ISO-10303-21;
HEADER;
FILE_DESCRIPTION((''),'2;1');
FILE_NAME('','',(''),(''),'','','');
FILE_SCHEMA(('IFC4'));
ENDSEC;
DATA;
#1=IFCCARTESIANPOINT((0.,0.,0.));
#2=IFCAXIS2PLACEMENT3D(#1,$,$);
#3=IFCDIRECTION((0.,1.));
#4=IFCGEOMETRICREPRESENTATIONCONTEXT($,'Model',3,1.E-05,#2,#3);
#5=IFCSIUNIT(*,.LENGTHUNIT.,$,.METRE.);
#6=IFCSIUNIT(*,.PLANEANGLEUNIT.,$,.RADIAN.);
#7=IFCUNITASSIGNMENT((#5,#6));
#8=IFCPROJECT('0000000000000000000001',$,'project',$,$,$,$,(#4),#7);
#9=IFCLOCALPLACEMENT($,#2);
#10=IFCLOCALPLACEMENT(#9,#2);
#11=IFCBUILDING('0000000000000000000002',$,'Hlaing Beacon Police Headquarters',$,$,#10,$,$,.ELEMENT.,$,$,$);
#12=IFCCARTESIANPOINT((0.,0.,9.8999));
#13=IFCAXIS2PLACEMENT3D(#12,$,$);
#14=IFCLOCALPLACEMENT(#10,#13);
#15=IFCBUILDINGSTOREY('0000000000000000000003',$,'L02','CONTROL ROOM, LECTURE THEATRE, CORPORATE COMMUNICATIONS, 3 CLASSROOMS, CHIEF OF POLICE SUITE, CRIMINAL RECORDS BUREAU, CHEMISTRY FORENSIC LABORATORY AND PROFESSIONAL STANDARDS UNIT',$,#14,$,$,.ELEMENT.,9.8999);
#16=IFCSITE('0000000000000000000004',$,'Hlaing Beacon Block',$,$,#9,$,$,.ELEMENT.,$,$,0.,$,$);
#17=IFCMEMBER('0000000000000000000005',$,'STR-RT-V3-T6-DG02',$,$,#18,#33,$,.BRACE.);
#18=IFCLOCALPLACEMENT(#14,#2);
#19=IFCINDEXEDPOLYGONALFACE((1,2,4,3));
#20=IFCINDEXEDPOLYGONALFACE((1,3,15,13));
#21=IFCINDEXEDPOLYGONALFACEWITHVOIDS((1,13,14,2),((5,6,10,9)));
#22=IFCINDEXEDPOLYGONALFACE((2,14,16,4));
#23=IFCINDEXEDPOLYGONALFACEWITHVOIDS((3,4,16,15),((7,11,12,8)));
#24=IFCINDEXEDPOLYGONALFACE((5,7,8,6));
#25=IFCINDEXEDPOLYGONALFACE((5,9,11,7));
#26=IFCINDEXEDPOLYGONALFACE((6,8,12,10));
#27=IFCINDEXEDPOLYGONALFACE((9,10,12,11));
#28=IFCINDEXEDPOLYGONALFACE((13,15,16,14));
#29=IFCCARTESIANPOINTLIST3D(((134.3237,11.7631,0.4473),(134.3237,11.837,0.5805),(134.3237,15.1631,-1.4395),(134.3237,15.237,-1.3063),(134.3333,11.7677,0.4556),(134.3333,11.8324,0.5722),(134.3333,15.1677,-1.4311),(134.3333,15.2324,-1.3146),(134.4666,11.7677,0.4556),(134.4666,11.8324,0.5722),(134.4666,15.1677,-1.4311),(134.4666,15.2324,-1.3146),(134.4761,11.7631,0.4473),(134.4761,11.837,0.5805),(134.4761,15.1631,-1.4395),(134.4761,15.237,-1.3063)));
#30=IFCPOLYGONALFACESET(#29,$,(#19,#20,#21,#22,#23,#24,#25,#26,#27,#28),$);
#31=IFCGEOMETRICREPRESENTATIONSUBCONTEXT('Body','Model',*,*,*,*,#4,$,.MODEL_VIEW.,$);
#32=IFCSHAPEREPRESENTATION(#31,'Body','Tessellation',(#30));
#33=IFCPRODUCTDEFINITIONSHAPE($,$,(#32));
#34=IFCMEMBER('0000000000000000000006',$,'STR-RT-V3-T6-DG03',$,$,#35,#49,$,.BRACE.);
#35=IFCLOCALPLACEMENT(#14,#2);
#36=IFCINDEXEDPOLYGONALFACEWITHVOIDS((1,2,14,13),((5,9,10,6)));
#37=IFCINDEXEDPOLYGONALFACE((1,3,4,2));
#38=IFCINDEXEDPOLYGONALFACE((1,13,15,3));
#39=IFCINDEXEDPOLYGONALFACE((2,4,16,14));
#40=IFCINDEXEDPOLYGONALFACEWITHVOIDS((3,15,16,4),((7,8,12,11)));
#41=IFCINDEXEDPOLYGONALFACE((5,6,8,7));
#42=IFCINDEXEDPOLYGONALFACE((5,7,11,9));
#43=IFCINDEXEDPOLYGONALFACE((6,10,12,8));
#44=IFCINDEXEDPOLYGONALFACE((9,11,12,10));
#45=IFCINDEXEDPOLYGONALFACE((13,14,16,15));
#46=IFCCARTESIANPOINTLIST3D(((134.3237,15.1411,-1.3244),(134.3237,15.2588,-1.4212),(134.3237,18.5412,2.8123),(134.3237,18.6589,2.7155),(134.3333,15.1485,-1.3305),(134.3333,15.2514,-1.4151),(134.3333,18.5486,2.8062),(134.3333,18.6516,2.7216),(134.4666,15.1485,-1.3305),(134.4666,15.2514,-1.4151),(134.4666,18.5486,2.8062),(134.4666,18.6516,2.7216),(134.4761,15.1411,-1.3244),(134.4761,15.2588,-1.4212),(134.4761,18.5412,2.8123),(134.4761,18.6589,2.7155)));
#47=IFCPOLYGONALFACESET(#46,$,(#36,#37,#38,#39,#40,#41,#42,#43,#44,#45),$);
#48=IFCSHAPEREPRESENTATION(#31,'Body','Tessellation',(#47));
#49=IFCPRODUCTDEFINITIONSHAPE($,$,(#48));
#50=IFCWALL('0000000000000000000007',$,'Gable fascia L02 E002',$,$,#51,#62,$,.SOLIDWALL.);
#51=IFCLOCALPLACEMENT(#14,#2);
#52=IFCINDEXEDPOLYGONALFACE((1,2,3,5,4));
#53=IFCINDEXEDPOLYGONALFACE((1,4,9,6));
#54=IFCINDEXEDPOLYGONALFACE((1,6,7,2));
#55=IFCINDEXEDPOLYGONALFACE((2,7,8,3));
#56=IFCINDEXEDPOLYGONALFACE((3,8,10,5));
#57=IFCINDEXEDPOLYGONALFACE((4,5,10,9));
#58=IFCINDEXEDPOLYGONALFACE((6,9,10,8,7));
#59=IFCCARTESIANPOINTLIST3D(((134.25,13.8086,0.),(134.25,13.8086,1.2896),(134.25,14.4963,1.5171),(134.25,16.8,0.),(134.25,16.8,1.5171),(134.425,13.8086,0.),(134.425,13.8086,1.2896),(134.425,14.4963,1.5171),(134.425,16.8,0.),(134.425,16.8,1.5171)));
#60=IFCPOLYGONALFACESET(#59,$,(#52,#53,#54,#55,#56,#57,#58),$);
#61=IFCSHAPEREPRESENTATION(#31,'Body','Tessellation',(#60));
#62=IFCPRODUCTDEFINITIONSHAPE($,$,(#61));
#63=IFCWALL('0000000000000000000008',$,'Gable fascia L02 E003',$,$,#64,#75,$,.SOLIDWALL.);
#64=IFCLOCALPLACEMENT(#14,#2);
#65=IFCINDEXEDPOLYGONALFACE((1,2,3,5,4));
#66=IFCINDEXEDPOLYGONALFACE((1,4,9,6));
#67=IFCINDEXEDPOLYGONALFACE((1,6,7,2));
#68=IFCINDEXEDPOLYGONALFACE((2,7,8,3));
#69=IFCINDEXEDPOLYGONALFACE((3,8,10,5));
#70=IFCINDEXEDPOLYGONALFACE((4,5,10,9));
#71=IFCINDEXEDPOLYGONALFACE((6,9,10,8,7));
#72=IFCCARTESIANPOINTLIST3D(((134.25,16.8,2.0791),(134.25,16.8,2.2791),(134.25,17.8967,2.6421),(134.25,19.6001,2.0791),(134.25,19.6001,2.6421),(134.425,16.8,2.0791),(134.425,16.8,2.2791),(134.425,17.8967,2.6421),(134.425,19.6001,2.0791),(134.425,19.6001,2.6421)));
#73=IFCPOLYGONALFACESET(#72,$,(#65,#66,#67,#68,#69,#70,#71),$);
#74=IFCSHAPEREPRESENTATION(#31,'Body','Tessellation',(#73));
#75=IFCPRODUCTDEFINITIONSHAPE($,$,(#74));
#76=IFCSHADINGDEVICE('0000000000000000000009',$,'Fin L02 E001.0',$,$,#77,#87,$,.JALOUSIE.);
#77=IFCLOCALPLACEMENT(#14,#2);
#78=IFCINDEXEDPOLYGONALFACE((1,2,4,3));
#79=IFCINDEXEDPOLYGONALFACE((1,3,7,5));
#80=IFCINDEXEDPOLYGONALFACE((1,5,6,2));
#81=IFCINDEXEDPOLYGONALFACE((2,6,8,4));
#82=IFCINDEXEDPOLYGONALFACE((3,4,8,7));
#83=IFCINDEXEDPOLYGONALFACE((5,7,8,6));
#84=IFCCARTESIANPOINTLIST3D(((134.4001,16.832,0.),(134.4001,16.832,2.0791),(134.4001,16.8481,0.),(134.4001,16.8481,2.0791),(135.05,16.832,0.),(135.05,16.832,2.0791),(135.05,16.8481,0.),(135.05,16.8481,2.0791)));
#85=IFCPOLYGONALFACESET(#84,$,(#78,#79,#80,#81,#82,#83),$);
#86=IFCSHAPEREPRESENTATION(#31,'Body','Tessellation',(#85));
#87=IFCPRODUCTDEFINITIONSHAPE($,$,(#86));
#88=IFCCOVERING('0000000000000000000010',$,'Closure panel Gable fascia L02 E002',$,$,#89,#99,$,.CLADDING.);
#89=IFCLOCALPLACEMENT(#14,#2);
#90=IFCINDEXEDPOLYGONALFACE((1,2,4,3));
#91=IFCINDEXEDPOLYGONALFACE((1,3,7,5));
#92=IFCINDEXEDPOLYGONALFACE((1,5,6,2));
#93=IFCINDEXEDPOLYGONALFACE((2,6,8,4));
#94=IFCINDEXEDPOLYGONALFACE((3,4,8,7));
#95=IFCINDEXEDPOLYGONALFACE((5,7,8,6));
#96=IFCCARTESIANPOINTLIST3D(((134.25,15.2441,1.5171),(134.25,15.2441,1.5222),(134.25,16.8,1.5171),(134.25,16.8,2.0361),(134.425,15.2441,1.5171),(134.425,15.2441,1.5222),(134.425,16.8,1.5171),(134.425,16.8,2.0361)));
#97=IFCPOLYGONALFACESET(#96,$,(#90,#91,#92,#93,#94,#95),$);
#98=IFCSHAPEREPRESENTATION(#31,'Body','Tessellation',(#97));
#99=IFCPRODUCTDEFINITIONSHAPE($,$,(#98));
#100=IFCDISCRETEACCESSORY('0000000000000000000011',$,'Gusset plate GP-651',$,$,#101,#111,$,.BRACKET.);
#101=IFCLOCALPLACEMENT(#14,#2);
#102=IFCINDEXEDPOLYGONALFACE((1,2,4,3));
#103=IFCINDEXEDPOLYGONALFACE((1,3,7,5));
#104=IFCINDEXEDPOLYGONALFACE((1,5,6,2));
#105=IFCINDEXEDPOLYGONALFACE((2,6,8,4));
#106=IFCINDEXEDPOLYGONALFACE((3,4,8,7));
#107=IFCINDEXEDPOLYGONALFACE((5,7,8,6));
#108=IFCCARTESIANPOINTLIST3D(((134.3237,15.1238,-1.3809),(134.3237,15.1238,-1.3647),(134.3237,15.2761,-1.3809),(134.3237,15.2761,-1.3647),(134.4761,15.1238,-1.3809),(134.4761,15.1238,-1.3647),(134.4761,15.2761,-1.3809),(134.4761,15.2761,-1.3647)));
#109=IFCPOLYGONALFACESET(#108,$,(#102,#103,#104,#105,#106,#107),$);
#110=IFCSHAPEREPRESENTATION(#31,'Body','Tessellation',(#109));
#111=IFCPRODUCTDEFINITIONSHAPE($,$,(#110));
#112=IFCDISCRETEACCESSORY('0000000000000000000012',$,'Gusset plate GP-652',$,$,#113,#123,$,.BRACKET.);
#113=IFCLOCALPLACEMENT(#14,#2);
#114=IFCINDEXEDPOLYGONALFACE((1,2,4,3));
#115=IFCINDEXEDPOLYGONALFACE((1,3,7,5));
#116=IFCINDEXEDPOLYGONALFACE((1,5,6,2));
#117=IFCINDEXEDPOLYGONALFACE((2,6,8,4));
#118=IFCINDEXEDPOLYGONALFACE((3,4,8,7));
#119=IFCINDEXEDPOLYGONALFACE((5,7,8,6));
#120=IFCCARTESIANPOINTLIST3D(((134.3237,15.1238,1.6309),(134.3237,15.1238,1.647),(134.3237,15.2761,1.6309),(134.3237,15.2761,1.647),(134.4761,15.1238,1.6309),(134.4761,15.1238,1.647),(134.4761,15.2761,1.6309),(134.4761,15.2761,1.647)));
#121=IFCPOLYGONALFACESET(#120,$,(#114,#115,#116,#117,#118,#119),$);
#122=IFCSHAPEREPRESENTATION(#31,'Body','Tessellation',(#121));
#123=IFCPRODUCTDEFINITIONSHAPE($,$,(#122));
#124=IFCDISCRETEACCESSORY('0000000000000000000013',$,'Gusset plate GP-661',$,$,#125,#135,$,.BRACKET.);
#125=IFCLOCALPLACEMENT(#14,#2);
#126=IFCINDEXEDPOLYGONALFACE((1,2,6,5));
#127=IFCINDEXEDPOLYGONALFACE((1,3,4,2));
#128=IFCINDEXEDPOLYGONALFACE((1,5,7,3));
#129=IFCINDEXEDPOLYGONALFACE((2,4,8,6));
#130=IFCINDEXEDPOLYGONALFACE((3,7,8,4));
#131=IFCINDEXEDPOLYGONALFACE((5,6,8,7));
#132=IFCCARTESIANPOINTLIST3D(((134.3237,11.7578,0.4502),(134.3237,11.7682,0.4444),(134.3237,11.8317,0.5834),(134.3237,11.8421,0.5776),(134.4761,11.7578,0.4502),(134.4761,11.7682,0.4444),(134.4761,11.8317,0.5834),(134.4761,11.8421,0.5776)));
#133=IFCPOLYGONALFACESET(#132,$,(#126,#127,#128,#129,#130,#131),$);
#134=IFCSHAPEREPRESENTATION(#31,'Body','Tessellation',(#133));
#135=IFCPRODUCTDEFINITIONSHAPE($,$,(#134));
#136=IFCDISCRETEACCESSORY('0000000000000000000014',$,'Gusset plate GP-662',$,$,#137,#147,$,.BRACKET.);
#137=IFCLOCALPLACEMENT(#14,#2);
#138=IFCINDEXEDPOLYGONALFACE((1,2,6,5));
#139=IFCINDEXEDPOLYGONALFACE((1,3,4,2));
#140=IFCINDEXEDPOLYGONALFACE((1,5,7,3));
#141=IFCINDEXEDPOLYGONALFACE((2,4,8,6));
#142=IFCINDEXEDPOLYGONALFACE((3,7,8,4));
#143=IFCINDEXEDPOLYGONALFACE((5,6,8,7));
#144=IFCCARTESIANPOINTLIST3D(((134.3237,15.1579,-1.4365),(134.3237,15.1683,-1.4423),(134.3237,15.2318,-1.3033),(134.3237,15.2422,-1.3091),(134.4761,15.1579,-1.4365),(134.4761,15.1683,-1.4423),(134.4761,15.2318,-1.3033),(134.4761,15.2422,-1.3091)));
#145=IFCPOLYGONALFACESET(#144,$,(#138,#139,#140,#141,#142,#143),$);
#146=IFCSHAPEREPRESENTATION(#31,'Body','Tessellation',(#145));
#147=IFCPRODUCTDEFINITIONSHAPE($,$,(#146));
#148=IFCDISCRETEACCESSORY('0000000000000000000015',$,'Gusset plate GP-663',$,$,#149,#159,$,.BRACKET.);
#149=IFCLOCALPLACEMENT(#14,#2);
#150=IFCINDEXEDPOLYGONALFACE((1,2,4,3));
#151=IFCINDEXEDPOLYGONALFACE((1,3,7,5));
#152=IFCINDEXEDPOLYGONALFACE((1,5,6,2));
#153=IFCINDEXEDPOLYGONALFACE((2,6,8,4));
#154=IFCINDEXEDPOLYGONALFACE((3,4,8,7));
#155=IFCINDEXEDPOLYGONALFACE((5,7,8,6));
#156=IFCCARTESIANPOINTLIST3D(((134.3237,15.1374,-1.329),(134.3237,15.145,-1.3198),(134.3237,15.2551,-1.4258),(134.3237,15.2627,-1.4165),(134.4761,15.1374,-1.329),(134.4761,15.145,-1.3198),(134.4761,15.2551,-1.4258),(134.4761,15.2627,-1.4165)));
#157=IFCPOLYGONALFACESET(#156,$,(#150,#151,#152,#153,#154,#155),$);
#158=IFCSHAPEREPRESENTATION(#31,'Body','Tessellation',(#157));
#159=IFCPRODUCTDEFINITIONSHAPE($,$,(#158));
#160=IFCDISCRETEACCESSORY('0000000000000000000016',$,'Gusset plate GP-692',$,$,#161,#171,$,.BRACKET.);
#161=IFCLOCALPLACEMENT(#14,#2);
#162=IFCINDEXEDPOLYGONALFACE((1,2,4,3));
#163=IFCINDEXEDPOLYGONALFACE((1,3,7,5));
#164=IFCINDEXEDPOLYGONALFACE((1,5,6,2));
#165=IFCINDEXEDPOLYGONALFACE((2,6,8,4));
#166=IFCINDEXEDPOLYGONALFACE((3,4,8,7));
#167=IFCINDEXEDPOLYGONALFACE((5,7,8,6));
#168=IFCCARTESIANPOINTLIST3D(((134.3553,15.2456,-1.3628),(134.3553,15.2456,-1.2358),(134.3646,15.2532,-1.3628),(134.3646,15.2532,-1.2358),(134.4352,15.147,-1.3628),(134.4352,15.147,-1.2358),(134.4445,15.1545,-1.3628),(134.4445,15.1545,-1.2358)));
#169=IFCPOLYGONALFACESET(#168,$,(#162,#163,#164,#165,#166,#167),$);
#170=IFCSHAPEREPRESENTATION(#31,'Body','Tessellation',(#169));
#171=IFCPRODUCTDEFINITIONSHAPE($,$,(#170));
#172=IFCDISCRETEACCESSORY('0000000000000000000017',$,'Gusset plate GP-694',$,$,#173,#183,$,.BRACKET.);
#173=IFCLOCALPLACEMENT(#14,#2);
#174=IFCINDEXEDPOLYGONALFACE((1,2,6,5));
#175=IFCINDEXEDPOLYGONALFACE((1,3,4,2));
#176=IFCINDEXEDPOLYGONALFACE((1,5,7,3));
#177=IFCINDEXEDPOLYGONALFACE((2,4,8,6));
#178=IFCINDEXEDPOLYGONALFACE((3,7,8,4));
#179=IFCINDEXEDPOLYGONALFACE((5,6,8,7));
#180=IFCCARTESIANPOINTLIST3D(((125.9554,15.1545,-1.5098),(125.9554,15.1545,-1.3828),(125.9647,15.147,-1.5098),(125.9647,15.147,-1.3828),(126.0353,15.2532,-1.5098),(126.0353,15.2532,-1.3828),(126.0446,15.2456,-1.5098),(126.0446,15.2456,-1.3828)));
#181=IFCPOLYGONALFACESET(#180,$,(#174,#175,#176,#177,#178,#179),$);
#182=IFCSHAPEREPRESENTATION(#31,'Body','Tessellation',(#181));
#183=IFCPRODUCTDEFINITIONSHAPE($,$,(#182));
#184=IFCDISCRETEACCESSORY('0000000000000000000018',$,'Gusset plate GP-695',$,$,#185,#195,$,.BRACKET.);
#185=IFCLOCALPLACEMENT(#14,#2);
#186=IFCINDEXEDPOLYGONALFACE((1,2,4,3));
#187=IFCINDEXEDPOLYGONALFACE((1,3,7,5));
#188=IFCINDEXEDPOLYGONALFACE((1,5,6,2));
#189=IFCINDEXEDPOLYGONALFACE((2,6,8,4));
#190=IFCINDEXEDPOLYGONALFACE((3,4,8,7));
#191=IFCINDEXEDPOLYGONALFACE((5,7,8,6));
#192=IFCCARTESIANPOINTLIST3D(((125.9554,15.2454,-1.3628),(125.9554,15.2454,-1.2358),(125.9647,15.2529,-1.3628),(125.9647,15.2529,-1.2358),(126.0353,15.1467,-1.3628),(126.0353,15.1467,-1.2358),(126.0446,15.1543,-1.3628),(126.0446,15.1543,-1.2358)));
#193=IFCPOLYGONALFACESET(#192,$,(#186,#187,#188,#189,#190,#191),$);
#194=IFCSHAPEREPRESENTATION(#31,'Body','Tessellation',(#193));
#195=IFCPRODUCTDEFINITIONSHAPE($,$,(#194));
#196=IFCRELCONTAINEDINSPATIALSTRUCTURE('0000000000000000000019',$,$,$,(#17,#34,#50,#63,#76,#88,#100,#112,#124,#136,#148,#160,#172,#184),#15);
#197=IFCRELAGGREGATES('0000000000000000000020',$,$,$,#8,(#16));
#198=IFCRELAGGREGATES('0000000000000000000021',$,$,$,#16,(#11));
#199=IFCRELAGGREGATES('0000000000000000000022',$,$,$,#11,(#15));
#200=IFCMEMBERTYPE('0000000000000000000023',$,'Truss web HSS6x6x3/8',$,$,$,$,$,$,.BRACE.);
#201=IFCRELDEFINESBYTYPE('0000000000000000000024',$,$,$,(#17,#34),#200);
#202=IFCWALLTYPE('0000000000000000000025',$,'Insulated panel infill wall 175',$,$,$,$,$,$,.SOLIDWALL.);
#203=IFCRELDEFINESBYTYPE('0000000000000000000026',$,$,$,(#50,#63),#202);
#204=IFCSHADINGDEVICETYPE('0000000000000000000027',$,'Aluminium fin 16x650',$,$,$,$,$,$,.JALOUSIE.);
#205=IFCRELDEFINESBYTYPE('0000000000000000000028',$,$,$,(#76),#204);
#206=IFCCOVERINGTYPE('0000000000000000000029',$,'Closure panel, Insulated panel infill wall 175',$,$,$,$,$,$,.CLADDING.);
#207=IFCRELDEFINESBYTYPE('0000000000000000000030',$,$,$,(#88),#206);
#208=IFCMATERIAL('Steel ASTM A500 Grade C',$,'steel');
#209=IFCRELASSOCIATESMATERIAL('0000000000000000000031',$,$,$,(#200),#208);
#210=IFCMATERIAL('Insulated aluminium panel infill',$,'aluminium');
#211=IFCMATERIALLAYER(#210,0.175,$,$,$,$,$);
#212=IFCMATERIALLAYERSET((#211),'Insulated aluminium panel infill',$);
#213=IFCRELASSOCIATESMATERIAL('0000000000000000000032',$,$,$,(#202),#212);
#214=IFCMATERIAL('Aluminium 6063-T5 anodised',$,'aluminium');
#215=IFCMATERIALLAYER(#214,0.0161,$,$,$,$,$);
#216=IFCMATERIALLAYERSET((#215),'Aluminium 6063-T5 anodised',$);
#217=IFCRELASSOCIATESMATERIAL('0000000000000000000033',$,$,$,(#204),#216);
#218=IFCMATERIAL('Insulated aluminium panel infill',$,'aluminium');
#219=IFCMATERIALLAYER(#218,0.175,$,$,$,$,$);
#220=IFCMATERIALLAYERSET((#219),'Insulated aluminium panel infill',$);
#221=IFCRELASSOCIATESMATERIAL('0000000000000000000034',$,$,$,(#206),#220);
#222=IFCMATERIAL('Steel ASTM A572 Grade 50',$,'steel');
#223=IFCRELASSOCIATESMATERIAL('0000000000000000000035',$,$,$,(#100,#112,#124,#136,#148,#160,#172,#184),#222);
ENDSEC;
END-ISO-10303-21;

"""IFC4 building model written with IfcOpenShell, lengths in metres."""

from ifc_helpers import new_model, si_unit, direction, frame, origin, origin_2d, place, context, subcontext, project, spatial, polyline, rectangle, hollow_rectangle, outline, extrude, material, layer, layer_set, material_profile, profile_set, type_object, element, save


model = new_model("IFC4")

# Units and contexts
model_context = context("Model", 3, precision=1e-05, world=origin(), true_north=direction((0.0, 1.0)))
body_context = subcontext(model_context, "Body", "Model", "MODEL_VIEW")
ifc_project = project(units=[si_unit("LENGTHUNIT", "METRE"), si_unit("PLANEANGLEUNIT", "RADIAN")], contexts=[model_context])

# Site, building, storey
site_placement = place(None, origin())
site = spatial("IfcSite", under=ifc_project, at=site_placement, Name="Hlaing Beacon Block", CompositionType="ELEMENT", RefElevation=0.0)
building_placement = place(site_placement, origin())
building = spatial("IfcBuilding", under=site, at=building_placement, Name="Hlaing Beacon Police Headquarters", CompositionType="ELEMENT")
storey_placement = place(building_placement, frame((0.0, 0.0, 9.8999)))
storey = spatial("IfcBuildingStorey", under=building, at=storey_placement, Name="L02", Description="CONTROL ROOM, LECTURE THEATRE, CORPORATE COMMUNICATIONS, 3 CLASSROOMS, CHIEF OF POLICE SUITE, CRIMINAL RECORDS BUREAU, CHEMISTRY FORENSIC LABORATORY AND PROFESSIONAL STANDARDS UNIT", CompositionType="ELEMENT", Elevation=9.8999)

# Members
ifc_material_1 = material(Name="Steel ASTM A500 Grade C", Category="steel")
ifc_material_profile_1 = material_profile(ifc_material_1, hollow_rectangle(XDim=0.1523, YDim=0.1523, WallThickness=0.0095, at=origin_2d()), Name="HSS6x6x3/8")
ifc_profile_set_1 = profile_set([ifc_material_profile_1], Name="Steel ASTM A500 Grade C")
member_type_1 = type_object("IfcMemberType", Name="Truss web HSS6x6x3/8", PredefinedType="BRACE", material=ifc_profile_set_1)
member_1_placement = place(storey_placement, frame((134.3999, 11.8, 0.5139), z_axis=(0.0, 0.874388, -0.485227), x_axis=(-1.0, 0.0, 0.0)))
element("IfcMember", 1, at=member_1_placement, inside=storey, type_object=member_type_1, Name="STR-RT-V3-T6-DG02", PredefinedType="BRACE", context=body_context, shape_type="SweptSolid", body=[
    extrude(hollow_rectangle(XDim=0.1523, YDim=0.1523, WallThickness=0.0095, at=origin_2d()), origin(), (0.0, 0.0, 1.0), 3.8884),
])
member_2_placement = place(storey_placement, frame((134.3999, 15.2, -1.3728), z_axis=(0.0, 0.634977, 0.772531), x_axis=(-1.0, 0.0, 0.0)))
element("IfcMember", 2, at=member_2_placement, inside=storey, type_object=member_type_1, Name="STR-RT-V3-T6-DG03", PredefinedType="BRACE", context=body_context, shape_type="SweptSolid", body=[
    extrude(hollow_rectangle(XDim=0.1523, YDim=0.1523, WallThickness=0.0095, at=origin_2d()), origin(), (0.0, 0.0, 1.0), 5.3547),
])

# Walls
ifc_material_2 = material(Name="Insulated aluminium panel infill", Category="aluminium")
ifc_layer_1 = layer(ifc_material_2, 0.175)
ifc_layer_set_1 = layer_set([ifc_layer_1], Name="Insulated aluminium panel infill")
wall_type = type_object("IfcWallType", Name="Insulated panel infill wall 175", PredefinedType="SOLIDWALL", material=ifc_layer_set_1)
wall_1_placement = place(storey_placement, frame((134.3374, 13.8086, 0.0), z_axis=(0.0, 0.0, 1.0), x_axis=(0.0, 1.0, 0.0)))
element("IfcWall", 3, at=wall_1_placement, inside=storey, type_object=wall_type, Name="Gable fascia L02 E002", PredefinedType="SOLIDWALL", context=body_context, shape_type="SweptSolid", body=[
    extrude(outline(polyline([(0.0, 0.0), (2.9915, 0.0), (2.9915, 1.5171), (0.6877, 1.5171), (0.0, 1.2896), (0.0, 0.0)])), frame((0.0, 0.0874, 0.0), z_axis=(0.0, -1.0, 0.0), x_axis=(1.0, 0.0, 0.0)), (0.0, 0.0, 1.0), 0.175),
])
wall_2_placement = place(storey_placement, frame((134.3374, 16.8, 2.0791), z_axis=(0.0, 0.0, 1.0), x_axis=(0.0, 1.0, 0.0)))
element("IfcWall", 4, at=wall_2_placement, inside=storey, type_object=wall_type, Name="Gable fascia L02 E003", PredefinedType="SOLIDWALL", context=body_context, shape_type="SweptSolid", body=[
    extrude(outline(polyline([(0.0, 0.0), (2.8, 0.0), (2.8, 0.563), (1.0967, 0.563), (0.0, 0.2), (0.0, 0.0)])), frame((0.0, 0.0874, 0.0), z_axis=(0.0, -1.0, 0.0), x_axis=(1.0, 0.0, 0.0)), (0.0, 0.0, 1.0), 0.175),
])

# Shading device
ifc_material_3 = material(Name="Aluminium 6063-T5 anodised", Category="aluminium")
ifc_layer_2 = layer(ifc_material_3, 0.0161)
ifc_layer_set_2 = layer_set([ifc_layer_2], Name="Aluminium 6063-T5 anodised")
shading_device_type = type_object("IfcShadingDeviceType", Name="Aluminium fin 16x650", PredefinedType="JALOUSIE", material=ifc_layer_set_2)
shading_device_placement = place(storey_placement, frame((134.7251, 16.8401, 0.0), z_axis=(0.0, 0.0, 1.0), x_axis=(0.0, 1.0, 0.0)))
element("IfcShadingDevice", 5, at=shading_device_placement, inside=storey, type_object=shading_device_type, Name="Fin L02 E001.0", PredefinedType="JALOUSIE", context=body_context, shape_type="SweptSolid", body=[
    extrude(rectangle(XDim=0.0161, YDim=0.6499, at=origin_2d()), origin(), (0.0, 0.0, 1.0), 2.0791),
])

# Covering
ifc_material_4 = material(Name="Insulated aluminium panel infill", Category="aluminium")
ifc_layer_3 = layer(ifc_material_4, 0.175)
ifc_layer_set_3 = layer_set([ifc_layer_3], Name="Insulated aluminium panel infill")
covering_type = type_object("IfcCoveringType", Name="Closure panel, Insulated panel infill wall 175", PredefinedType="CLADDING", material=ifc_layer_set_3)
covering_placement = place(storey_placement, frame((134.3374, 15.2441, 1.5171), z_axis=(0.0, 0.0, 1.0), x_axis=(0.0, 1.0, 0.0)))
element("IfcCovering", 6, at=covering_placement, inside=storey, type_object=covering_type, Name="Closure panel Gable fascia L02 E002", PredefinedType="CLADDING", context=body_context, shape_type="SweptSolid", body=[
    extrude(outline(polyline([(0.0, 0.0), (1.5559, 0.0), (1.5559, 0.519), (0.0, 0.0051), (0.0, 0.0)])), frame((0.0, 0.0874, 0.0), z_axis=(0.0, -1.0, 0.0), x_axis=(1.0, 0.0, 0.0)), (0.0, 0.0, 1.0), 0.175),
])

# Discrete accessories
ifc_material_5 = material(Name="Steel ASTM A572 Grade 50", Category="steel")
for number, where, z_axis, x_axis, name in (
    (7, (134.3999, 15.2, -1.3647), (0.0, 0.0, -1.0), (1.0, 0.0, 0.0), "Gusset plate GP-651"),
    (8, (134.3999, 15.2, 1.6309), (0.0, 0.0, 1.0), (1.0, 0.0, 0.0), "Gusset plate GP-652"),
):
    element("IfcDiscreteAccessory", number, at=place(storey_placement, frame(where, z_axis=z_axis, x_axis=x_axis)), inside=storey, material=ifc_material_5, Name=name, PredefinedType="BRACKET", context=body_context, shape_type="SweptSolid", body=[
        extrude(rectangle(XDim=0.1523, YDim=0.1523, at=origin_2d()), origin(), (0.0, 0.0, 1.0), 0.0161),
    ])
for number, where, z_axis, x_axis, name in (
    (9, (134.3999, 11.8052, 0.511), (0.0, -0.874388, 0.485227), (1.0, 0.0, 0.0), "Gusset plate GP-661"),
    (10, (134.3999, 15.1948, -1.3699), (0.0, 0.874388, -0.485227), (-1.0, 0.0, 0.0), "Gusset plate GP-662"),
    (11, (134.3999, 15.2039, -1.3682), (0.0, -0.634977, -0.772531), (1.0, 0.0, 0.0), "Gusset plate GP-663"),
):
    element("IfcDiscreteAccessory", number, at=place(storey_placement, frame(where, z_axis=z_axis, x_axis=x_axis)), inside=storey, material=ifc_material_5, Name=name, PredefinedType="BRACKET", context=body_context, shape_type="SweptSolid", body=[
        extrude(rectangle(XDim=0.1523, YDim=0.1523, at=origin_2d()), origin(), (0.0, 0.0, 1.0), 0.012),
    ])
for number, where, z_axis, x_axis, name in (
    (12, (134.3953, 15.1963, -1.2993), (0.777239, 0.629205, 0.0), (-0.629205, 0.777239, 0.0), "Gusset plate GP-692"),
    (13, (126.0046, 15.1963, -1.4463), (-0.777239, 0.629205, 0.0), (-0.629205, -0.777239, 0.0), "Gusset plate GP-694"),
    (14, (126.0046, 15.2036, -1.2993), (-0.777239, -0.629205, 0.0), (0.629205, -0.777239, 0.0), "Gusset plate GP-695"),
):
    element("IfcDiscreteAccessory", number, at=place(storey_placement, frame(where, z_axis=z_axis, x_axis=x_axis)), inside=storey, material=ifc_material_5, Name=name, PredefinedType="BRACKET", context=body_context, shape_type="SweptSolid", body=[
        extrude(rectangle(XDim=0.127, YDim=0.127, at=origin_2d()), origin(), (0.0, 0.0, 1.0), 0.012),
    ])

save(model, "model.ifc")
